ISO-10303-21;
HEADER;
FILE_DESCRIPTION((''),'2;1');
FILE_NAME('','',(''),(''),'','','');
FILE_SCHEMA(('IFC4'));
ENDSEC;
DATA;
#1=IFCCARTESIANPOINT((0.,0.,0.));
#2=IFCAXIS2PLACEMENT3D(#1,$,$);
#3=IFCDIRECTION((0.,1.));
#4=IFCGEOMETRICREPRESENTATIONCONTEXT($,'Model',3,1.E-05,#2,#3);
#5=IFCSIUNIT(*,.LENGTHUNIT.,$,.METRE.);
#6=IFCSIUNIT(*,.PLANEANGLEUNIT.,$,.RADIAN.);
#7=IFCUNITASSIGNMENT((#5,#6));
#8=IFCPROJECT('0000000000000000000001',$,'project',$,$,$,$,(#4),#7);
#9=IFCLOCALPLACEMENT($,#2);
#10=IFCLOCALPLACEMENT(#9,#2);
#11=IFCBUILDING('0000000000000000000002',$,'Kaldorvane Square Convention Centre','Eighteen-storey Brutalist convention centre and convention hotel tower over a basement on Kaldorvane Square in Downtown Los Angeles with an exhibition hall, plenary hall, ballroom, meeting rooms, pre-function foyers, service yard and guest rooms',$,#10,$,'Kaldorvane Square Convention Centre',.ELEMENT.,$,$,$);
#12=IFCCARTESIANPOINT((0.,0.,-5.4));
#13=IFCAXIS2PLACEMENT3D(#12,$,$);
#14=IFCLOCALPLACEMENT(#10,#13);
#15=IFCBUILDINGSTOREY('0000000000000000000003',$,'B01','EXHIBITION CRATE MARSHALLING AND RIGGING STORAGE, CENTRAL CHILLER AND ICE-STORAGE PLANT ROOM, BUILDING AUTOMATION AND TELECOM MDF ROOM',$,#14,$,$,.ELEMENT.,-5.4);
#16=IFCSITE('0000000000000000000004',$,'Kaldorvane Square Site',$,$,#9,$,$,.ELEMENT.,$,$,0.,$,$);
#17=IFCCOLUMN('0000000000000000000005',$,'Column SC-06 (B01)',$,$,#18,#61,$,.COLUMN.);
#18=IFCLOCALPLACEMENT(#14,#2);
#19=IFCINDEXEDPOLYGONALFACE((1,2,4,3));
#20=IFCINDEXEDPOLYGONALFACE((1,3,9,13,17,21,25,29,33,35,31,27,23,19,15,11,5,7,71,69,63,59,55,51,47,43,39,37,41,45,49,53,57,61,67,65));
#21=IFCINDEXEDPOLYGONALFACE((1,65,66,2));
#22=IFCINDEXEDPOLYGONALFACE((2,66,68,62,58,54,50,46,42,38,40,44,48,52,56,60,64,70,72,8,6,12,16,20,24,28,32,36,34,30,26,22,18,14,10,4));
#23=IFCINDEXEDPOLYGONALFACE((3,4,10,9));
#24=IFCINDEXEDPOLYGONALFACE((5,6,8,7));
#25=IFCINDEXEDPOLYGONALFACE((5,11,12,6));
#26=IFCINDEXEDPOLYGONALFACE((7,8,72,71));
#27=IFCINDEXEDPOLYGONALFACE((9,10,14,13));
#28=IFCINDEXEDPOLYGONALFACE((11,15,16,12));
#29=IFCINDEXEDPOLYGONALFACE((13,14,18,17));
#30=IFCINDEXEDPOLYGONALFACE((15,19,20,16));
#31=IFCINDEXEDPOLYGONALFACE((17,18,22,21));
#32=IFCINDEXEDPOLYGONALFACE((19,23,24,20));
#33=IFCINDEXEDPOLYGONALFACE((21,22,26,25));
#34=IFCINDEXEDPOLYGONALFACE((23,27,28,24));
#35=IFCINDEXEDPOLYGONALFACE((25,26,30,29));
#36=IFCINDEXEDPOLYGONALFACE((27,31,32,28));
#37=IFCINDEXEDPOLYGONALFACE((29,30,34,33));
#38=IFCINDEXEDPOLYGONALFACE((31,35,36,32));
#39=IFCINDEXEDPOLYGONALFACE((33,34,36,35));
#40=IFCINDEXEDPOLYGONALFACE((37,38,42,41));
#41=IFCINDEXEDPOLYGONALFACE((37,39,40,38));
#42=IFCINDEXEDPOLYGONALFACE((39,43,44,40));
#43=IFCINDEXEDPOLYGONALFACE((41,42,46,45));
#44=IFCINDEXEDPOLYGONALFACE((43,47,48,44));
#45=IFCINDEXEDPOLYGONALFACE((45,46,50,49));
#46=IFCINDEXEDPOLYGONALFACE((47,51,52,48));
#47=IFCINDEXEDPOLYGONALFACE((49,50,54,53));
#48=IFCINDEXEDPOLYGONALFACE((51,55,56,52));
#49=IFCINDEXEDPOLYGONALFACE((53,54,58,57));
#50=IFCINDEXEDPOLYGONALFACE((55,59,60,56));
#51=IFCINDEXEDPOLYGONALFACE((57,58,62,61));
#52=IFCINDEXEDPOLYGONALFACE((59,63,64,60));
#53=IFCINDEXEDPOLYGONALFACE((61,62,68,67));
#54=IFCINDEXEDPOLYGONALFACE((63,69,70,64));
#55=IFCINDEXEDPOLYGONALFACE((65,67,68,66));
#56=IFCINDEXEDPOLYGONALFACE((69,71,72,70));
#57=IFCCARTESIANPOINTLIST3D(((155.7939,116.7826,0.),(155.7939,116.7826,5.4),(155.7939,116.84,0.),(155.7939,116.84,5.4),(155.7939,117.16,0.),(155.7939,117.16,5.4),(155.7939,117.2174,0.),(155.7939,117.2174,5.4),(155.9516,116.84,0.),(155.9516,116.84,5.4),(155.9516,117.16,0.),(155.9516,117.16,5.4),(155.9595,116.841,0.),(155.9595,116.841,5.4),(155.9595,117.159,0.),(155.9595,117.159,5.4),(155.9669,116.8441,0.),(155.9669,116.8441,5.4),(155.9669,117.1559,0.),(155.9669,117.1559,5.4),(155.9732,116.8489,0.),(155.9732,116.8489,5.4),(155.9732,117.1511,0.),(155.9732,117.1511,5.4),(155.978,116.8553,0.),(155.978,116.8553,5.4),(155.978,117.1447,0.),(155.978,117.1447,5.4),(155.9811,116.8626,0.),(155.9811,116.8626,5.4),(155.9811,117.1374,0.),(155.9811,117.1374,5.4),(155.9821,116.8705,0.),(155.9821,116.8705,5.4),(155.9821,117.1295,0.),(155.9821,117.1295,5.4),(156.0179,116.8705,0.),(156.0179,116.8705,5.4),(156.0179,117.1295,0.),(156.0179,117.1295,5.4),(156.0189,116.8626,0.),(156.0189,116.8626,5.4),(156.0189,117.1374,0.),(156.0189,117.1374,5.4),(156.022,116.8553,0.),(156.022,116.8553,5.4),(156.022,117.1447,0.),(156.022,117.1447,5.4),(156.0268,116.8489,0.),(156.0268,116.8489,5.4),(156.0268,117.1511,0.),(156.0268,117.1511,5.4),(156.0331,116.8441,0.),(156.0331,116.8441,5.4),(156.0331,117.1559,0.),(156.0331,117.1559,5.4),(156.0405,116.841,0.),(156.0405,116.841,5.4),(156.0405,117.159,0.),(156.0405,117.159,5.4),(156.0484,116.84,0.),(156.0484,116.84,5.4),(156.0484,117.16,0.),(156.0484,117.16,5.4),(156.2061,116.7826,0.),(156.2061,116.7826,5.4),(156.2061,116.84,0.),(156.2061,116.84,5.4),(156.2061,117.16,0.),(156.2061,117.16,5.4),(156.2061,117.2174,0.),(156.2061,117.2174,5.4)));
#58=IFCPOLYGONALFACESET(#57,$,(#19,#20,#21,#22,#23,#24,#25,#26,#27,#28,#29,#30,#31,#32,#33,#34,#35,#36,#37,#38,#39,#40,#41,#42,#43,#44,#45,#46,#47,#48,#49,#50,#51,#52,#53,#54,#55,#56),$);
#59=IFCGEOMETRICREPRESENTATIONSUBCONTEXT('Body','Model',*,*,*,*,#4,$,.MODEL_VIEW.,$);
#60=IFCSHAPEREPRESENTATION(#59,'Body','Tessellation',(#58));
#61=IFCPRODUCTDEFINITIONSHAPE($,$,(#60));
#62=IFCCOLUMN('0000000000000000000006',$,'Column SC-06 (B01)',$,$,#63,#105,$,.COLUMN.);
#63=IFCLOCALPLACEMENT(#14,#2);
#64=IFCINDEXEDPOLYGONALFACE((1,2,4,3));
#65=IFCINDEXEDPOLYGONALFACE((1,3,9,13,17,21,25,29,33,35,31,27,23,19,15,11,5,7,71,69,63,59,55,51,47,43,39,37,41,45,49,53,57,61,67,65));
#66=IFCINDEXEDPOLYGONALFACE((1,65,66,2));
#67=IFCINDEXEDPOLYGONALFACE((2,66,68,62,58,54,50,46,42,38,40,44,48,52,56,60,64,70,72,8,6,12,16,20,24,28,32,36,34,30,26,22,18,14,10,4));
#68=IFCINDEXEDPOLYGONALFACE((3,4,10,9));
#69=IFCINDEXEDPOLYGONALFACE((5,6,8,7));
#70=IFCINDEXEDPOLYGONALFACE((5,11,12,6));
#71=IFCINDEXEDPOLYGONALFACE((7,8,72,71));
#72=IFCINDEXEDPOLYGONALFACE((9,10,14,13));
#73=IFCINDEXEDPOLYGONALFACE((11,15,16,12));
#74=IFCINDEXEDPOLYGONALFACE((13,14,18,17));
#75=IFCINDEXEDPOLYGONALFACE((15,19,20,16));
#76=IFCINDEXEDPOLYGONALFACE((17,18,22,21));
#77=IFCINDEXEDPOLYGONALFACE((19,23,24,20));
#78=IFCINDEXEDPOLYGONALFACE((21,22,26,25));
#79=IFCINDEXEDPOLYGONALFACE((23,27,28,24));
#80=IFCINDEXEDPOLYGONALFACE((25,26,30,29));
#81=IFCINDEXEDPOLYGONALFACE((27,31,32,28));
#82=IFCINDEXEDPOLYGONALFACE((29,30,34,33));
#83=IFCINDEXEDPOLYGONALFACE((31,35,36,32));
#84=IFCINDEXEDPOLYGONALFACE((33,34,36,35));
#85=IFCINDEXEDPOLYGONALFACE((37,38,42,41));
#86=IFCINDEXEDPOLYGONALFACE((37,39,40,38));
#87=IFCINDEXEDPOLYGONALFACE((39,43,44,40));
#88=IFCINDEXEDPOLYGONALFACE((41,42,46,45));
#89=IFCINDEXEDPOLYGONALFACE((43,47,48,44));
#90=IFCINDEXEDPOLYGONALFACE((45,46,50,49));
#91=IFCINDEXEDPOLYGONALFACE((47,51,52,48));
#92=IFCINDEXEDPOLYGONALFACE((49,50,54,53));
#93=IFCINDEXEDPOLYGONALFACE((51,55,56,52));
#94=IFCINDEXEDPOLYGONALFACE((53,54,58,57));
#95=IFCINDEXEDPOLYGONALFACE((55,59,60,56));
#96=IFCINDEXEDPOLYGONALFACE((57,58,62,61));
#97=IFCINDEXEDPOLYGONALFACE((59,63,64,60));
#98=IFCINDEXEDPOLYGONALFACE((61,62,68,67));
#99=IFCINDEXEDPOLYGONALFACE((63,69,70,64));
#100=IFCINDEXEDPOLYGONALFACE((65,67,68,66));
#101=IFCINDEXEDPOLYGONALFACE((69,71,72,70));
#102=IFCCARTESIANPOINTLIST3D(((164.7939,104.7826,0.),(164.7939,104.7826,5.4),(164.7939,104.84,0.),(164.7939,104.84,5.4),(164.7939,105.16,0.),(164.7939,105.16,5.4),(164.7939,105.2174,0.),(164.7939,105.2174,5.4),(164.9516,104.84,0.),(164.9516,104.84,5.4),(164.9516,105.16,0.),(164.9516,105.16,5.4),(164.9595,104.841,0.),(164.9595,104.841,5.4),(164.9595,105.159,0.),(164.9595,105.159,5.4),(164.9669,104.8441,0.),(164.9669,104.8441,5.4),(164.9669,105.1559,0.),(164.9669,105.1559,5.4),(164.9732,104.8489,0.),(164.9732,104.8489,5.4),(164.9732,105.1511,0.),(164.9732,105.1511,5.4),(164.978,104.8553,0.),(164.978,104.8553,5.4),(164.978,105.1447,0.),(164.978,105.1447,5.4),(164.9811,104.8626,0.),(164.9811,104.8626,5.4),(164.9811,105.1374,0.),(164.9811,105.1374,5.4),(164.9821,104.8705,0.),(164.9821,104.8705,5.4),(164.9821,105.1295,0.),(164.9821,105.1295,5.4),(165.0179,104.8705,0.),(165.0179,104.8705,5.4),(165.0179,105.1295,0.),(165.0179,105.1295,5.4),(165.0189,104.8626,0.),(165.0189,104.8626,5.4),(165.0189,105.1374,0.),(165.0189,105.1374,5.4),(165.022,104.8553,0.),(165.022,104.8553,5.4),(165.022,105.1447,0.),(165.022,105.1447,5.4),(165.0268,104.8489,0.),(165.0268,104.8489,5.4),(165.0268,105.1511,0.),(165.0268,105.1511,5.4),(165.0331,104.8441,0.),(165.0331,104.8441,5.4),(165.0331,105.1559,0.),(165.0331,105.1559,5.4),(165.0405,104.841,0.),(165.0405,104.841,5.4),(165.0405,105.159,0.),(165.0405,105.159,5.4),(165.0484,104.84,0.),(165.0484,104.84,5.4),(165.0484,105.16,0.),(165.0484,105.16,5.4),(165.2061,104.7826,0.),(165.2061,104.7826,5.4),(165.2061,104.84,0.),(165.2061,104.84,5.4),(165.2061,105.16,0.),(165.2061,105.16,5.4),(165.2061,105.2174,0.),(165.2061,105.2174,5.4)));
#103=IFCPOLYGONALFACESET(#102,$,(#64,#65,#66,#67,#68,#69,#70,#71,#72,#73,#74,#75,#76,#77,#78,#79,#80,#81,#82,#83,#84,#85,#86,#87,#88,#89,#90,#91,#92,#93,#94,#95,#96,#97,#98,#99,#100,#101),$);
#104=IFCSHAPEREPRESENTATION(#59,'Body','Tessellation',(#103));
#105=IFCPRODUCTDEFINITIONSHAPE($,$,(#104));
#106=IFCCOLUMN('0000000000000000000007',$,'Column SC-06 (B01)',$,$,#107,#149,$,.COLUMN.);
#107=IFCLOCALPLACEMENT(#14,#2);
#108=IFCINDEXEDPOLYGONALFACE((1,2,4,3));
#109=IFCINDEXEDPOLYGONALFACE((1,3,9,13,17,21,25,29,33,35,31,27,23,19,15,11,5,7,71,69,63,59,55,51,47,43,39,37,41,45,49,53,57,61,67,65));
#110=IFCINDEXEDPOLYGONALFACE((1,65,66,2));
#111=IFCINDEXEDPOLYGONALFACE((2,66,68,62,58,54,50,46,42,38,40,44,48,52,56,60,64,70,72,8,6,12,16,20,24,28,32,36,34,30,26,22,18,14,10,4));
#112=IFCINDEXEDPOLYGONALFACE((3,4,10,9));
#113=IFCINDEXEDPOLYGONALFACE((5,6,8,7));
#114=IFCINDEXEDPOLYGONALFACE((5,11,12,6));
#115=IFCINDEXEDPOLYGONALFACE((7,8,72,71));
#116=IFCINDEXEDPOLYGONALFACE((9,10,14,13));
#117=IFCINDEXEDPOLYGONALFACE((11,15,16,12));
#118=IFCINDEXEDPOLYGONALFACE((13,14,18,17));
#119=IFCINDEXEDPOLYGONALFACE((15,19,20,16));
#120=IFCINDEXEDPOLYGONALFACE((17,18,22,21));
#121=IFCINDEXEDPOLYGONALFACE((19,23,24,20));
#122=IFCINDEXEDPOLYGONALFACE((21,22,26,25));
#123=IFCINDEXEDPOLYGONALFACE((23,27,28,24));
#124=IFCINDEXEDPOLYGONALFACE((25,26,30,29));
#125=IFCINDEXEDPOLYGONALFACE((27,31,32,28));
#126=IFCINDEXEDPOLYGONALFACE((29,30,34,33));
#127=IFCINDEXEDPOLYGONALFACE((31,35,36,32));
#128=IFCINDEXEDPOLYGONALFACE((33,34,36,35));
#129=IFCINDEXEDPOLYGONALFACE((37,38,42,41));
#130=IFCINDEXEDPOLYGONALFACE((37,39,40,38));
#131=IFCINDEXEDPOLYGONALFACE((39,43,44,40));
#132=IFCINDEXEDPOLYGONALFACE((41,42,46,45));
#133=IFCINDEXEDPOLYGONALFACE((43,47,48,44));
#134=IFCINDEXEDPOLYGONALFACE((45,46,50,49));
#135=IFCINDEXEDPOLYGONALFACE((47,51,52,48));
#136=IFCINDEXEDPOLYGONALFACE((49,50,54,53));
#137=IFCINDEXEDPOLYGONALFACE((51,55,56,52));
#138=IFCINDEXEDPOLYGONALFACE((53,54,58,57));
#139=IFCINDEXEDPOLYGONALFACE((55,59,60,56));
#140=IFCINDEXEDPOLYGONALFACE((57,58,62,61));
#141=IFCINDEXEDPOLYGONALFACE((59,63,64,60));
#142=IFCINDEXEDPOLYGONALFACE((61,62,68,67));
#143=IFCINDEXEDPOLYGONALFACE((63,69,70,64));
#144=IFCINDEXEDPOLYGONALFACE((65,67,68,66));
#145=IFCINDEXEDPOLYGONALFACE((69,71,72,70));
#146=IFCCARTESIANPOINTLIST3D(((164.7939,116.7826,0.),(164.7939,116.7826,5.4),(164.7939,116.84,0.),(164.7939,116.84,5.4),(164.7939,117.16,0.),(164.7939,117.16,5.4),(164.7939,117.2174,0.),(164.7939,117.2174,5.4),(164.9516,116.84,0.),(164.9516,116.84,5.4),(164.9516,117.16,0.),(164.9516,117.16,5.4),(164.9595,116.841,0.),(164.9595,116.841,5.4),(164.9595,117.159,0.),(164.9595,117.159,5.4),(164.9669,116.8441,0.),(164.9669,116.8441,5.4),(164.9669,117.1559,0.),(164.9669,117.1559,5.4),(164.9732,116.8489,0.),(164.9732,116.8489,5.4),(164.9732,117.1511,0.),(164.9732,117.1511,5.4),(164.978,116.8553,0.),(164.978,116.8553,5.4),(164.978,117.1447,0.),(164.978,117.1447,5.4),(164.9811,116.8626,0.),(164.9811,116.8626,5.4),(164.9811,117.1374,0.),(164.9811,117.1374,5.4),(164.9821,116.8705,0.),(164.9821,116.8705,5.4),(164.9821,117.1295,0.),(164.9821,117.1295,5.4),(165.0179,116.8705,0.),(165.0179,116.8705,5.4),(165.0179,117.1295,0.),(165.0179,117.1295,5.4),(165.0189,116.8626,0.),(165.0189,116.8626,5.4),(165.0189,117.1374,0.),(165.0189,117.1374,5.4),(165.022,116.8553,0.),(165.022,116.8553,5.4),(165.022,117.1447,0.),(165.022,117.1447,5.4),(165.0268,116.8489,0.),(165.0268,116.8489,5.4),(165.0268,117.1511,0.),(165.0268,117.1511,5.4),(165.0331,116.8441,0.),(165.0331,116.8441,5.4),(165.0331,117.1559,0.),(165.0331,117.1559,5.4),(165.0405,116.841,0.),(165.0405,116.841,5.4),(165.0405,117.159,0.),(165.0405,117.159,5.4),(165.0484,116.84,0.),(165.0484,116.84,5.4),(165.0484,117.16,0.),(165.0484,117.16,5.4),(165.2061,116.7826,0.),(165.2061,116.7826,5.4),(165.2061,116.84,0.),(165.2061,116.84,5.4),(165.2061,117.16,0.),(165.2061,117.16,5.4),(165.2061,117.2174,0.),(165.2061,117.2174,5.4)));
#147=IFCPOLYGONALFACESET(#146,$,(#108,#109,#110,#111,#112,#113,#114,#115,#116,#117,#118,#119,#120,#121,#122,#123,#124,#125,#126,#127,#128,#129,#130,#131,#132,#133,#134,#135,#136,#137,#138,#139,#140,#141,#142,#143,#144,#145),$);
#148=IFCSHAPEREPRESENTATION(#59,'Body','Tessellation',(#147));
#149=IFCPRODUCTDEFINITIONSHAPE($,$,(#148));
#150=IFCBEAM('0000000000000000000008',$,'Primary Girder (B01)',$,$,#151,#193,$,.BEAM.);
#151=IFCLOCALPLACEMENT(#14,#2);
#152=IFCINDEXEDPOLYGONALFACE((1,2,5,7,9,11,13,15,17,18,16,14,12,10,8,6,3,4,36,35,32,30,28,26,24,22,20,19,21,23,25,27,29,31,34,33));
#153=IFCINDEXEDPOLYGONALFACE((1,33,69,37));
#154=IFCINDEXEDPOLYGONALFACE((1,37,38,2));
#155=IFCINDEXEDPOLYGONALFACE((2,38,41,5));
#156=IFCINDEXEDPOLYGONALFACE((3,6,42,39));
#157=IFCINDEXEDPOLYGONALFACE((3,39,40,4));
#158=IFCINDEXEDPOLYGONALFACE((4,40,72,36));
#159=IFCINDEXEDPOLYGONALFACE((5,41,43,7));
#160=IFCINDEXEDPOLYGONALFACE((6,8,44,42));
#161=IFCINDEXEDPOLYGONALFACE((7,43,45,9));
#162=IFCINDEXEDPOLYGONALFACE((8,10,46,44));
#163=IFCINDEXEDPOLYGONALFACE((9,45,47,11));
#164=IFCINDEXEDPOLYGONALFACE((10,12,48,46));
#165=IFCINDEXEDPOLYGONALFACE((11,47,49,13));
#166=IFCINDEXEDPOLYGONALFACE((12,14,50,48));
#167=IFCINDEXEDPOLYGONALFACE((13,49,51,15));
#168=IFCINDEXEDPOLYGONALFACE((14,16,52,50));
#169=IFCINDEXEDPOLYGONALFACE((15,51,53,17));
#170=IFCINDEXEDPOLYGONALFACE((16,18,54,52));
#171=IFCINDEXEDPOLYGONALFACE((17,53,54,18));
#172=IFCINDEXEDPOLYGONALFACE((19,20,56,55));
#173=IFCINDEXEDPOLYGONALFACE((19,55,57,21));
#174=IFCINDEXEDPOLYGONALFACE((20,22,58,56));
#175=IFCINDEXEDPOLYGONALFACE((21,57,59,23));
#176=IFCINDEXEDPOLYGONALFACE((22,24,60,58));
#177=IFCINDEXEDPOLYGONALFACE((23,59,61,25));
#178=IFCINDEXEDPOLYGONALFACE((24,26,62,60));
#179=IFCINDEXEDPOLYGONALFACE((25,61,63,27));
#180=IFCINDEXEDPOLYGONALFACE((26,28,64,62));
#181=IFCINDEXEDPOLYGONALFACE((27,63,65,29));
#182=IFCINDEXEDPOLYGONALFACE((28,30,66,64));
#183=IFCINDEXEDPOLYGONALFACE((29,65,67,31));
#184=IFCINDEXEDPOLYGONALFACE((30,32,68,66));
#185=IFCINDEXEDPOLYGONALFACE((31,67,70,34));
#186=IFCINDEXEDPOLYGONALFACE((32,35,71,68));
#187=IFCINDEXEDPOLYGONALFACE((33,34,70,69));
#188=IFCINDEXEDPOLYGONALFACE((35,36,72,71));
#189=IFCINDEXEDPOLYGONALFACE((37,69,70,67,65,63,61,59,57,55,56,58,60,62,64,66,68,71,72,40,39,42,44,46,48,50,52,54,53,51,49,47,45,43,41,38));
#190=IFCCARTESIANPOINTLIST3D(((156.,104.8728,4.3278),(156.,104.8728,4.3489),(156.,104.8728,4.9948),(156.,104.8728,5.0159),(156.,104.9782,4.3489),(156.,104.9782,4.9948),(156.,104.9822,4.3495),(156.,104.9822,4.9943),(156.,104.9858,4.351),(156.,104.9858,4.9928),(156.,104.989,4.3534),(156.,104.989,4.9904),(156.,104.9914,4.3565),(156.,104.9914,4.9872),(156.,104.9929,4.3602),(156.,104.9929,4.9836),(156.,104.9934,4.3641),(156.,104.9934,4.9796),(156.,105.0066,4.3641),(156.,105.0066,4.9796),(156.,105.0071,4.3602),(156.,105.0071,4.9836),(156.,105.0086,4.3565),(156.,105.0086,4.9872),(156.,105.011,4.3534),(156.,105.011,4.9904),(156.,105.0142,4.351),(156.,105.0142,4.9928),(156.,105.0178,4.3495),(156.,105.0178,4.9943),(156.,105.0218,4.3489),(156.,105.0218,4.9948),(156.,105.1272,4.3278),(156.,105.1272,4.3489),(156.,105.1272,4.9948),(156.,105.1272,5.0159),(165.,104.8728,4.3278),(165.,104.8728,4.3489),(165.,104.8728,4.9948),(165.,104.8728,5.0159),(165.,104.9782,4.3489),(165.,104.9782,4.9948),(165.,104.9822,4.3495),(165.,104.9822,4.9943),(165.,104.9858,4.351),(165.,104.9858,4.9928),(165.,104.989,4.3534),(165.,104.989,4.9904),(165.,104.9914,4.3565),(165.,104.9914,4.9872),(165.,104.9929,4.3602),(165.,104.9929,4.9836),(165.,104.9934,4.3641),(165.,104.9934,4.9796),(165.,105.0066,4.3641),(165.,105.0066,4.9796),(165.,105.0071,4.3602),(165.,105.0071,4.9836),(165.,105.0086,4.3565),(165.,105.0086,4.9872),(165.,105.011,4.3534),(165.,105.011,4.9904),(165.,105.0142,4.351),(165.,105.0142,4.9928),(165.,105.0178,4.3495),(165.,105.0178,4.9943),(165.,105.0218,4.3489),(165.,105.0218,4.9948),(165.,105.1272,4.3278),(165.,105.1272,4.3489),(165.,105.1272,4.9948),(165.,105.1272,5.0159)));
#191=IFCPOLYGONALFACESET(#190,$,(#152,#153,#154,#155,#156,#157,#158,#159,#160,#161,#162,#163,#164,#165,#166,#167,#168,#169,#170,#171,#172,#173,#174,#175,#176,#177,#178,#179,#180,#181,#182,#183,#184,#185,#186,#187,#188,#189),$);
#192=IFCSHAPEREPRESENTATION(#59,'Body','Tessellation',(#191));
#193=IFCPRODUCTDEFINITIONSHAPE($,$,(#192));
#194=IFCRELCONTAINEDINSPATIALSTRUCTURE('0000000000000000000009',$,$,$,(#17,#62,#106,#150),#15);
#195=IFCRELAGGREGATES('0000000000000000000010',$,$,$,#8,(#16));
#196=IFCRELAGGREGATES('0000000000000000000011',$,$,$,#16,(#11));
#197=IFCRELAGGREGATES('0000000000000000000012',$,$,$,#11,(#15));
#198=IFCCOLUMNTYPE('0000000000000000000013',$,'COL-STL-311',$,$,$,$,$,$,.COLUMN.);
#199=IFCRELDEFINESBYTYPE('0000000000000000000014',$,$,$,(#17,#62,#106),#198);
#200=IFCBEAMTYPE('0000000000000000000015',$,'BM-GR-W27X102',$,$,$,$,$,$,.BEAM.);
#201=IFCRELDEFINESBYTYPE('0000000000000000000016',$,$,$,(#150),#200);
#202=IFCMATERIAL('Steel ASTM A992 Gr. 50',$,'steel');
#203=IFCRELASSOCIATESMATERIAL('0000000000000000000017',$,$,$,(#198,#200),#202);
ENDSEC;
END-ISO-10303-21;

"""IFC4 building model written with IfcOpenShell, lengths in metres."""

from ifc_helpers import new_model, si_unit, direction, frame, origin, origin_2d, place, context, subcontext, project, spatial, i_section, extrude, material, material_profile, profile_set, type_object, element, save


model = new_model("IFC4")

# Units and contexts
model_context = context("Model", 3, precision=1e-05, world=origin(), true_north=direction((0.0, 1.0)))
body_context = subcontext(model_context, "Body", "Model", "MODEL_VIEW")
ifc_project = project(units=[si_unit("LENGTHUNIT", "METRE"), si_unit("PLANEANGLEUNIT", "RADIAN")], contexts=[model_context])

# Site, building, storey
site_placement = place(None, origin())
site = spatial("IfcSite", under=ifc_project, at=site_placement, Name="Kaldorvane Square Site", CompositionType="ELEMENT", RefElevation=0.0)
building_placement = place(site_placement, origin())
building = spatial("IfcBuilding", under=site, at=building_placement, Name="Kaldorvane Square Convention Centre", Description="Eighteen-storey Brutalist convention centre and convention hotel tower over a basement on Kaldorvane Square in Downtown Los Angeles with an exhibition hall, plenary hall, ballroom, meeting rooms, pre-function foyers, service yard and guest rooms", LongName="Kaldorvane Square Convention Centre", CompositionType="ELEMENT")
storey_placement = place(building_placement, frame((0.0, 0.0, -5.4)))
storey = spatial("IfcBuildingStorey", under=building, at=storey_placement, Name="B01", Description="EXHIBITION CRATE MARSHALLING AND RIGGING STORAGE, CENTRAL CHILLER AND ICE-STORAGE PLANT ROOM, BUILDING AUTOMATION AND TELECOM MDF ROOM", CompositionType="ELEMENT", Elevation=-5.4)

# Columns
ifc_material_1 = material(Name="Steel ASTM A992 Gr. 50", Category="steel")
ifc_material_profile_1 = material_profile(ifc_material_1, i_section(OverallWidth=0.4122, OverallDepth=0.4348, WebThickness=0.0358, FlangeThickness=0.0574, FilletRadius=0.0305, at=origin_2d()), Name="W14X311")
ifc_profile_set_1 = profile_set([ifc_material_profile_1], Name="Steel ASTM A992 Gr. 50")
column_type = type_object("IfcColumnType", Name="COL-STL-311", PredefinedType="COLUMN", material=ifc_profile_set_1)
for number, where, z_axis, x_axis, name in (
    (1, (156.0, 117.0, 0.0), (0.0, 0.0, 1.0), (1.0, 0.0, 0.0), "Column SC-06 (B01)"),
    (2, (165.0, 105.0, 0.0), (0.0, 0.0, 1.0), (1.0, 0.0, 0.0), "Column SC-06 (B01)"),
    (3, (165.0, 117.0, 0.0), (0.0, 0.0, 1.0), (1.0, 0.0, 0.0), "Column SC-06 (B01)"),
):
    element("IfcColumn", number, at=place(storey_placement, frame(where, z_axis=z_axis, x_axis=x_axis)), inside=storey, type_object=column_type, Name=name, PredefinedType="COLUMN", context=body_context, shape_type="SweptSolid", body=[
        extrude(i_section(OverallWidth=0.4122, OverallDepth=0.4348, WebThickness=0.0358, FlangeThickness=0.0574, FilletRadius=0.0305, at=origin_2d()), origin(), (0.0, 0.0, 1.0), 5.4),
    ])

# Beam
ifc_material_profile_2 = material_profile(ifc_material_1, i_section(OverallWidth=0.2544, OverallDepth=0.6881, WebThickness=0.0131, FlangeThickness=0.0211, FilletRadius=0.0152, at=origin_2d()), Name="W27X102")
ifc_profile_set_2 = profile_set([ifc_material_profile_2], Name="Steel ASTM A992 Gr. 50")
beam_type_1 = type_object("IfcBeamType", Name="BM-GR-W27X102", PredefinedType="BEAM", material=ifc_profile_set_2)
for number, where, z_axis, x_axis, name in (
    (4, (156.0, 105.0, 4.6719), (1.0, 0.0, 0.0), (0.0, 1.0, 0.0), "Primary Girder (B01)"),
):
    element("IfcBeam", number, at=place(storey_placement, frame(where, z_axis=z_axis, x_axis=x_axis)), inside=storey, type_object=beam_type_1, Name=name, PredefinedType="BEAM", context=body_context, shape_type="SweptSolid", body=[
        extrude(i_section(OverallWidth=0.2544, OverallDepth=0.6881, WebThickness=0.0131, FlangeThickness=0.0211, FilletRadius=0.0152, at=origin_2d()), origin(), (0.0, 0.0, 1.0), 9.0),
    ])

save(model, "model.ifc")
